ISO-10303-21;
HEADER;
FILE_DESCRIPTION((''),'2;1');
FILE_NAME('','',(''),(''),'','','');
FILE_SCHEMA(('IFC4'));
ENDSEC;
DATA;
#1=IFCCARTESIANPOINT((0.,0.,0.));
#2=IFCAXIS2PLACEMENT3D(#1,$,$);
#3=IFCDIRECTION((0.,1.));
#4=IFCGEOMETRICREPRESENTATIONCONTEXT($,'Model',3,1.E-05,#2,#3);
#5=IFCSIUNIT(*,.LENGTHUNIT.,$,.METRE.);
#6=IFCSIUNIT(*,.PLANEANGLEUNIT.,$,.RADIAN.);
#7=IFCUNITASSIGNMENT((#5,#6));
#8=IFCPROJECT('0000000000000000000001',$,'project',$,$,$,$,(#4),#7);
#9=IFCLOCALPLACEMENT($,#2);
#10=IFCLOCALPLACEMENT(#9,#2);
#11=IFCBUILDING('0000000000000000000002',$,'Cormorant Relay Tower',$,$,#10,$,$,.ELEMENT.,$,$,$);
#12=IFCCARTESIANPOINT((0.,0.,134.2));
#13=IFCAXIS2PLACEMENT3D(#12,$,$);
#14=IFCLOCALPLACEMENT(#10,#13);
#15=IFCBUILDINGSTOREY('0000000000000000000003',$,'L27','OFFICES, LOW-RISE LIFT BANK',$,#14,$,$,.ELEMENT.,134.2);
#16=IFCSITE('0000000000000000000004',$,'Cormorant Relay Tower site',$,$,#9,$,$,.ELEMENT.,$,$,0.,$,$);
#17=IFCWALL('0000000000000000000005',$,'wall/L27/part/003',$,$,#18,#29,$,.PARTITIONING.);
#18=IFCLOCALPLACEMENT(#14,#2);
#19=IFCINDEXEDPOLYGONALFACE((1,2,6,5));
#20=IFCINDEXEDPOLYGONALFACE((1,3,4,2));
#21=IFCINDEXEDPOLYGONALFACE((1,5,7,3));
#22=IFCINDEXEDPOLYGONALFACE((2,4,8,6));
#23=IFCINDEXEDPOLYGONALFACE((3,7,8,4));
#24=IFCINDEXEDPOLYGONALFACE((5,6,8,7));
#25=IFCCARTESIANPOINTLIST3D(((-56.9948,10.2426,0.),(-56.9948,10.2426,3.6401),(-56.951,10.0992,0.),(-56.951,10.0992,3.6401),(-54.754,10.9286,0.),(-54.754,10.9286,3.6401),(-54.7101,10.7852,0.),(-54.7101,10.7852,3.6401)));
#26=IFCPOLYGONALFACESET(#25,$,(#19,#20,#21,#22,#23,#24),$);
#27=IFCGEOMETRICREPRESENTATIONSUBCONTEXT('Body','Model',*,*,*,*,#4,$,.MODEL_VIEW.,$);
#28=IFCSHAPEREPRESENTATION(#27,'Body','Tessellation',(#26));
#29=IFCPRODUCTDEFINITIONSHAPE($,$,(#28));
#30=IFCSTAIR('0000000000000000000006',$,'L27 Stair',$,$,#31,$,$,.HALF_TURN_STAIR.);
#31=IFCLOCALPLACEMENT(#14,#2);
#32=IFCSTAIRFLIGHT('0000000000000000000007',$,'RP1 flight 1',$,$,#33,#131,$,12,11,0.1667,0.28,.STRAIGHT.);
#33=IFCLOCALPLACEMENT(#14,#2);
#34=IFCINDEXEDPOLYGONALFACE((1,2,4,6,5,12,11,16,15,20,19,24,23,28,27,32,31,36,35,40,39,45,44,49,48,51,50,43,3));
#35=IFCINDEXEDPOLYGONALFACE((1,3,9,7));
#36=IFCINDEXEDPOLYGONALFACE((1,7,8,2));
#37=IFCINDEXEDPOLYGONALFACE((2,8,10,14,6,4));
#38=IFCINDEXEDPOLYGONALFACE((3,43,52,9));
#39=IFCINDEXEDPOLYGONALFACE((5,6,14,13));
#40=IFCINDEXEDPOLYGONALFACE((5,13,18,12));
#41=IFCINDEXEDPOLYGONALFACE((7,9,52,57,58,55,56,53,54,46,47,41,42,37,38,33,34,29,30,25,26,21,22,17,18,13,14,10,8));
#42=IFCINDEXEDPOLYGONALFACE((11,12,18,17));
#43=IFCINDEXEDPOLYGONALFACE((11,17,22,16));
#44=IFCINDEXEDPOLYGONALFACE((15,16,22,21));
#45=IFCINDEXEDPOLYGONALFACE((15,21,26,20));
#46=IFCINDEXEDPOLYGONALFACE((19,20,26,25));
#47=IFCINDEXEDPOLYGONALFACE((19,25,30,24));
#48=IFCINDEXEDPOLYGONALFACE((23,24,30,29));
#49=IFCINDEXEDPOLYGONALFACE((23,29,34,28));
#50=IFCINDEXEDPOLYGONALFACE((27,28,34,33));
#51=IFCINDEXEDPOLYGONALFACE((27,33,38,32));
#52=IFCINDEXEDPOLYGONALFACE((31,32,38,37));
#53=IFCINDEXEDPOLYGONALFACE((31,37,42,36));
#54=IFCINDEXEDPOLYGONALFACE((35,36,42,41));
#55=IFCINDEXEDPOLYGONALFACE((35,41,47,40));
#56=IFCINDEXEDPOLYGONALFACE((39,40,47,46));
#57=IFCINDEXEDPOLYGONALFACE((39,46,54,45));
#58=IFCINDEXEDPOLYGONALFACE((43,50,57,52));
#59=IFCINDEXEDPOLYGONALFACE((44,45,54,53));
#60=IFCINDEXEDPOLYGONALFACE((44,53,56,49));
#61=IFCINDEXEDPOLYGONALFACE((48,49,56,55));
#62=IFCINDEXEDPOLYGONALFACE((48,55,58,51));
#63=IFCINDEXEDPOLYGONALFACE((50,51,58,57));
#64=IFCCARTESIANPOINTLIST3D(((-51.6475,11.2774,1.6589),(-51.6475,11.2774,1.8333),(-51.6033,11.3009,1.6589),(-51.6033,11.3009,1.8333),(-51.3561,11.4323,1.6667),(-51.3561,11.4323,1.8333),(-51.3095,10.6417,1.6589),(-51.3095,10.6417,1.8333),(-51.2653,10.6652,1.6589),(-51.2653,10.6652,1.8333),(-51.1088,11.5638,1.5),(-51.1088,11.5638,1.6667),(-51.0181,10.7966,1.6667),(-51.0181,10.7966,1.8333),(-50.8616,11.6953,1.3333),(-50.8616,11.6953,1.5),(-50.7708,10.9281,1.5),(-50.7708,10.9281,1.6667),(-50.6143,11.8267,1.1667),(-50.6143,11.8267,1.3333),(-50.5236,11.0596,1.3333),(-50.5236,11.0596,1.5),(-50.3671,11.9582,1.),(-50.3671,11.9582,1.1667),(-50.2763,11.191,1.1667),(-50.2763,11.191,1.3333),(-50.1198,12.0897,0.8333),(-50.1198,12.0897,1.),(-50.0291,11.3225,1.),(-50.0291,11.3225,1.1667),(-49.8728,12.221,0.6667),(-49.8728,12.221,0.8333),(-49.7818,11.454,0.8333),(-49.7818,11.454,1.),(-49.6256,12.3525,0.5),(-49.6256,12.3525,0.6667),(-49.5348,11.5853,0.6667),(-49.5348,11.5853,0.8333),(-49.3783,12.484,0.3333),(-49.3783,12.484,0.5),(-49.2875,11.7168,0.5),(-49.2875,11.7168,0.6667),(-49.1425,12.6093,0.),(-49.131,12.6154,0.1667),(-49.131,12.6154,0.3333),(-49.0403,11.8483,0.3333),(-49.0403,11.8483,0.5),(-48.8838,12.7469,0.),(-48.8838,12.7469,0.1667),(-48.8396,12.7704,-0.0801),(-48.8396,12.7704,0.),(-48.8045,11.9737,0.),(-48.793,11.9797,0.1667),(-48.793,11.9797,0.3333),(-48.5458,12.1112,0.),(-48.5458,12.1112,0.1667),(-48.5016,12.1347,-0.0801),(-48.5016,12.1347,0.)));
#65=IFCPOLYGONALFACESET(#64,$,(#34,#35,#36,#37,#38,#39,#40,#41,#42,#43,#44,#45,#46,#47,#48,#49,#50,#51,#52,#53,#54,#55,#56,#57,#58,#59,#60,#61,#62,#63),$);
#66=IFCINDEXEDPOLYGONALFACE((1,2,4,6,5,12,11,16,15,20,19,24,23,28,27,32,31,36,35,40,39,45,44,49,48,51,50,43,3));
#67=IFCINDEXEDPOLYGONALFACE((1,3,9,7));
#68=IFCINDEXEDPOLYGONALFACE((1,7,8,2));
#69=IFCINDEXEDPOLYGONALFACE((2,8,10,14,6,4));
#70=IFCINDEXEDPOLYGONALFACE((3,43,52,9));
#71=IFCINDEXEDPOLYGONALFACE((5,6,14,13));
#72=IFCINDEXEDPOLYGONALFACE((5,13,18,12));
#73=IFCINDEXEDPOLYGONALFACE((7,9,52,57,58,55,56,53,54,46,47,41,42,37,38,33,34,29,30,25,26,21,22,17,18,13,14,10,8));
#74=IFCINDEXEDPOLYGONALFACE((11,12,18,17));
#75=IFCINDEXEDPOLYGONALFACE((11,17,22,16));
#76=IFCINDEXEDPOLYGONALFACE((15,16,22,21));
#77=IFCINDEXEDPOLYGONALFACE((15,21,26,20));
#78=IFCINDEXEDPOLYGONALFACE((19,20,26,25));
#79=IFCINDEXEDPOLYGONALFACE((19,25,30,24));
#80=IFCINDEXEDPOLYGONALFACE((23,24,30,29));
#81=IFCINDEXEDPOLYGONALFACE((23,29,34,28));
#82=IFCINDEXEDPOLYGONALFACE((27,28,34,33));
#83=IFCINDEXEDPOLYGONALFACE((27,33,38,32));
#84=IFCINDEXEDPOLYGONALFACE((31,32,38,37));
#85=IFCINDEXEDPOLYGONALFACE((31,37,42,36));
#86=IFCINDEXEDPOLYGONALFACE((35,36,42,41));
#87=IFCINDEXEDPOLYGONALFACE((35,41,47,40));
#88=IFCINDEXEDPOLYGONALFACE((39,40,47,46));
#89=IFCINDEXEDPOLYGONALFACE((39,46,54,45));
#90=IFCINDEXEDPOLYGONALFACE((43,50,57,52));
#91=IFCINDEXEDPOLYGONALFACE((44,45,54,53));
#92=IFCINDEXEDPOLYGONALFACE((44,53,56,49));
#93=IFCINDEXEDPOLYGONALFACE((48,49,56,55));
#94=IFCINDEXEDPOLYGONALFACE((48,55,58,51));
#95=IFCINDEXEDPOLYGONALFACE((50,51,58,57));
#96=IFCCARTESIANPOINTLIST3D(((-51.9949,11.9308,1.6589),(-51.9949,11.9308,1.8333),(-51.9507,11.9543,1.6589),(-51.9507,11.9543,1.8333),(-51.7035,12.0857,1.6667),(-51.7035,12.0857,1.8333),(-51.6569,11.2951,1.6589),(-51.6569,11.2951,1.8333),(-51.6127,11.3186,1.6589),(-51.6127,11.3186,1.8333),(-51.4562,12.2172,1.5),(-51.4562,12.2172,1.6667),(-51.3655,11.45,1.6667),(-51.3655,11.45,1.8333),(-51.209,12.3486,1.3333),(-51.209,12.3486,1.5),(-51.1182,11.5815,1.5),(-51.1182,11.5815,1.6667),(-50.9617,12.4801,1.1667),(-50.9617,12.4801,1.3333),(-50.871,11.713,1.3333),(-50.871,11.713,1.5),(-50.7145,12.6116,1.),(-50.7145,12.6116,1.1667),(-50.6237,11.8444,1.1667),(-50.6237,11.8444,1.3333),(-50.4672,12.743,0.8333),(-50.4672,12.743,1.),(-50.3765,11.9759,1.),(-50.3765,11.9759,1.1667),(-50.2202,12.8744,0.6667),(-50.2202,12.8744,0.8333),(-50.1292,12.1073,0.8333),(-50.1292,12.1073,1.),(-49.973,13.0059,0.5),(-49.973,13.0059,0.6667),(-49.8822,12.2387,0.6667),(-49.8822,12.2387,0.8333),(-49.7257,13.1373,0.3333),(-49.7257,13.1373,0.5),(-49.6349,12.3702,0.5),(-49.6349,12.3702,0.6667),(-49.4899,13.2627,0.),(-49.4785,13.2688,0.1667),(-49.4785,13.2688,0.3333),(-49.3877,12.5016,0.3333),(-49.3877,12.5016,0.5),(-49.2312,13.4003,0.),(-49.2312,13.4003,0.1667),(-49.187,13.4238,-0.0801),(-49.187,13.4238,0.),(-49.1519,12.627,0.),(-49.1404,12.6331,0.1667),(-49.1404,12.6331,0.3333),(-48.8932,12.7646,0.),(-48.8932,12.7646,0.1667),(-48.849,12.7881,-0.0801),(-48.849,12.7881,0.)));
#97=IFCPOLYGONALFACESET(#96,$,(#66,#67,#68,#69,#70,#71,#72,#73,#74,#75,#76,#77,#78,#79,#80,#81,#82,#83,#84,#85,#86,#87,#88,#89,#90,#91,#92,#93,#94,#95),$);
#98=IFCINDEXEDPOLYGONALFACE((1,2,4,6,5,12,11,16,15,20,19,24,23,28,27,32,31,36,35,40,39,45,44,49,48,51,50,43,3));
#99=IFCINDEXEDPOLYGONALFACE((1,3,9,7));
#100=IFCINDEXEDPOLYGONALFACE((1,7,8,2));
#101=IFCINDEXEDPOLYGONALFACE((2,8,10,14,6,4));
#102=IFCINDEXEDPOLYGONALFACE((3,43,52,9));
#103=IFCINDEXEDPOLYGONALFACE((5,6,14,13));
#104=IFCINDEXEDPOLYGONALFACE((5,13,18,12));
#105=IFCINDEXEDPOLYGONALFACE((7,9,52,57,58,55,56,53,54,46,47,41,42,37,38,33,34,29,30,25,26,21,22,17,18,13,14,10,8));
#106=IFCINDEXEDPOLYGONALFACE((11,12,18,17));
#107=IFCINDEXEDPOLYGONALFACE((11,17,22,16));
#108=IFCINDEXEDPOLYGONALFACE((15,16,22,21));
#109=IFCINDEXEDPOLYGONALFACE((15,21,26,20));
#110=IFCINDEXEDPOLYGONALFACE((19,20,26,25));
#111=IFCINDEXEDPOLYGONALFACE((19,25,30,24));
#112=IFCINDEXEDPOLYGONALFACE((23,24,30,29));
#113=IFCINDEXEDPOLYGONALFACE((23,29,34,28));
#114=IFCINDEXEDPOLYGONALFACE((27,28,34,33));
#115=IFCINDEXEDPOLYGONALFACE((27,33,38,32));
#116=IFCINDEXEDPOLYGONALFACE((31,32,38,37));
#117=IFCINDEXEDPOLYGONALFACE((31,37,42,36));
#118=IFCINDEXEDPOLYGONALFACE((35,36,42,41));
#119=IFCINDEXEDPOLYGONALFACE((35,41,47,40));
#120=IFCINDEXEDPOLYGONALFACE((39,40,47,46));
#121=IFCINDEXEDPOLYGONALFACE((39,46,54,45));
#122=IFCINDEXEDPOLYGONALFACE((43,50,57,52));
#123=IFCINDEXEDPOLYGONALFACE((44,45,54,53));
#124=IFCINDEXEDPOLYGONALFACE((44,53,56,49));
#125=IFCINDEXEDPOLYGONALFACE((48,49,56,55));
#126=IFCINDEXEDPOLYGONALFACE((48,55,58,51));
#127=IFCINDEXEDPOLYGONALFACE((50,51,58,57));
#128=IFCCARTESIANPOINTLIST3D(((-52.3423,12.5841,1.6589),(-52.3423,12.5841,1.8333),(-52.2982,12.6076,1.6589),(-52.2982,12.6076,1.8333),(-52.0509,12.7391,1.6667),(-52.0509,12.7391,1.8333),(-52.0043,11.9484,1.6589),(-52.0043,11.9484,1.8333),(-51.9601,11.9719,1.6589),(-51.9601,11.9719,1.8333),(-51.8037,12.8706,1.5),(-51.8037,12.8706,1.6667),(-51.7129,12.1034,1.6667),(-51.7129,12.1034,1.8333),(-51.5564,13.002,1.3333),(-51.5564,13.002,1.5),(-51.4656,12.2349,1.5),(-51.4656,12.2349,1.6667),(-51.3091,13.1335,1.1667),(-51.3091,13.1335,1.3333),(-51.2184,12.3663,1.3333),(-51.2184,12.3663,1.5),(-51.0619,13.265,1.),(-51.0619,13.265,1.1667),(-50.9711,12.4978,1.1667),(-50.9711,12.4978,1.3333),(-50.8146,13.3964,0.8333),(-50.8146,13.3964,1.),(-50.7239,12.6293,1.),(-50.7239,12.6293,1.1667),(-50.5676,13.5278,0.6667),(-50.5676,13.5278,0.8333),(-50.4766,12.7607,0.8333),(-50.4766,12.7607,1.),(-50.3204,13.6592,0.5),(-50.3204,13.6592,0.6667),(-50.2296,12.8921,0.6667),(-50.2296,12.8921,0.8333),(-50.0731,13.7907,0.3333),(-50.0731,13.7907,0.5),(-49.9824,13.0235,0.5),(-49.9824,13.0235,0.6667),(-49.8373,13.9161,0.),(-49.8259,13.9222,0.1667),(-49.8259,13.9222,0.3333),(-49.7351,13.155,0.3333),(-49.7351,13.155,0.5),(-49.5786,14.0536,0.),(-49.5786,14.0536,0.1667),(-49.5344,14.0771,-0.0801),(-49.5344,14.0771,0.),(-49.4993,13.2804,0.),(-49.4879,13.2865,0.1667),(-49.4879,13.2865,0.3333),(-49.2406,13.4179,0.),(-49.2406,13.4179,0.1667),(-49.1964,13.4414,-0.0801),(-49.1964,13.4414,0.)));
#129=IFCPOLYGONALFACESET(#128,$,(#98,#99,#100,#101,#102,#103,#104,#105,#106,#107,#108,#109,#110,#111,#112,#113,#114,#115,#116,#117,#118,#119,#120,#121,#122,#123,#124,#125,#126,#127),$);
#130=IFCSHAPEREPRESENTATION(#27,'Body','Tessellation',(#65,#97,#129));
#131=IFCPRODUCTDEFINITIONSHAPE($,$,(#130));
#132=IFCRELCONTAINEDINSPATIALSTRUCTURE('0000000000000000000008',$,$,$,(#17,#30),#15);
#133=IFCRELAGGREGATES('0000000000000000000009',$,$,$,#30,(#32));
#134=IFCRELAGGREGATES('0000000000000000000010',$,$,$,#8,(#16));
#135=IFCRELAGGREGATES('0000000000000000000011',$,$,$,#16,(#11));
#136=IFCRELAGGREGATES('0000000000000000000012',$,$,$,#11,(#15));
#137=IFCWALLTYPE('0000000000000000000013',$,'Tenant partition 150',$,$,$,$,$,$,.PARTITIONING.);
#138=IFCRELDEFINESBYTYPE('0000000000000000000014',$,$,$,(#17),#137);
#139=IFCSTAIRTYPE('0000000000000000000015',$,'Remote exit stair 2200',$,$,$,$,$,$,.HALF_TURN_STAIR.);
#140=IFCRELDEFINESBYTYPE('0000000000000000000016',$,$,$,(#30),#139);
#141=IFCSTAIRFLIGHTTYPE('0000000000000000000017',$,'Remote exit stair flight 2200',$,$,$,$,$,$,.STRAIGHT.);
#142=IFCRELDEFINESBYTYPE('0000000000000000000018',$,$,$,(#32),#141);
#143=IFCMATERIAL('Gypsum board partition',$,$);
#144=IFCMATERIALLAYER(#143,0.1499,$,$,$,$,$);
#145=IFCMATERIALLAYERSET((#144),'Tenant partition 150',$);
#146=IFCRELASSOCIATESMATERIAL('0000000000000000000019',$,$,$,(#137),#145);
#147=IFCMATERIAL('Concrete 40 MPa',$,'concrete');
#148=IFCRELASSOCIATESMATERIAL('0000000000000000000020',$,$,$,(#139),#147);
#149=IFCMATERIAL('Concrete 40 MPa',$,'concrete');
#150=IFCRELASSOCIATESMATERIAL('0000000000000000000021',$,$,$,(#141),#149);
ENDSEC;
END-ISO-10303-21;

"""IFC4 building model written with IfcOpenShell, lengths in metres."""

from ifc_helpers import new_model, si_unit, direction, frame, frame_2d, origin, place, context, subcontext, project, spatial, polyline, rectangle, outline, extrude, material, layer, layer_set, type_object, element, aggregate, save


model = new_model("IFC4")

# Units and contexts
model_context = context("Model", 3, precision=1e-05, world=origin(), true_north=direction((0.0, 1.0)))
body_context = subcontext(model_context, "Body", "Model", "MODEL_VIEW")
ifc_project = project(units=[si_unit("LENGTHUNIT", "METRE"), si_unit("PLANEANGLEUNIT", "RADIAN")], contexts=[model_context])

# Site, building, storey
site_placement = place(None, origin())
site = spatial("IfcSite", under=ifc_project, at=site_placement, Name="Cormorant Relay Tower site", CompositionType="ELEMENT", RefElevation=0.0)
building_placement = place(site_placement, origin())
building = spatial("IfcBuilding", under=site, at=building_placement, Name="Cormorant Relay Tower", CompositionType="ELEMENT")
storey_placement = place(building_placement, frame((0.0, 0.0, 134.2)))
storey = spatial("IfcBuildingStorey", under=building, at=storey_placement, Name="L27", Description="OFFICES, LOW-RISE LIFT BANK", CompositionType="ELEMENT", Elevation=134.2)

# Wall
ifc_material_1 = material(Name="Gypsum board partition")
ifc_layer_1 = layer(ifc_material_1, 0.1499)
ifc_layer_set_1 = layer_set([ifc_layer_1], Name="Tenant partition 150")
wall_type_1 = type_object("IfcWallType", Name="Tenant partition 150", PredefinedType="PARTITIONING", material=ifc_layer_set_1)
wall_1_placement = place(storey_placement, frame((-54.7319, 10.8569, 0.0), z_axis=(0.0, 0.0, 1.0), x_axis=(-0.956197, -0.292724, 0.0)))
element("IfcWall", 1, at=wall_1_placement, inside=storey, type_object=wall_type_1, Name="wall/L27/part/003", PredefinedType="PARTITIONING", context=body_context, shape_type="SweptSolid", body=[
    extrude(rectangle(XDim=2.3435, YDim=0.1499, at=frame_2d((1.1719, 0.0))), origin(), (0.0, 0.0, 1.0), 3.6401),
])

# Stair, stair flight
ifc_material_2 = material(Name="Concrete 40 MPa", Category="concrete")
stair_type = type_object("IfcStairType", Name="Remote exit stair 2200", PredefinedType="HALF_TURN_STAIR", material=ifc_material_2)
stair_placement = place(storey_placement, origin())
stair = element("IfcStair", 2, at=stair_placement, inside=storey, type_object=stair_type, Name="L27 Stair", PredefinedType="HALF_TURN_STAIR")
ifc_material_3 = material(Name="Concrete 40 MPa", Category="concrete")
stair_flight_type = type_object("IfcStairFlightType", Name="Remote exit stair flight 2200", PredefinedType="STRAIGHT", material=ifc_material_3)
stair_flight_1_placement = place(storey_placement, frame((-49.0623, 13.0825, 0.0), z_axis=(0.0, 0.0, 1.0), x_axis=(-0.882948, -0.469472, 0.0)))
stair_flight_1 = element("IfcStairFlight", 3, at=stair_flight_1_placement, type_object=stair_flight_type, Name="RP1 flight 1", NumberOfRisers=12, NumberOfTreads=11, PredefinedType="STRAIGHT", RiserHeight=0.1667, TreadLength=0.28, context=body_context, shape_type="SweptSolid", body=[
    extrude(outline(polyline([(-0.05, -0.0801), (-0.05, 0.0), (0.0, 0.0), (0.0, 0.1667), (0.28, 0.1667), (0.28, 0.3333), (0.5601, 0.3333), (0.5601, 0.5), (0.8401, 0.5), (0.8401, 0.6667), (1.1201, 0.6667), (1.1201, 0.8333), (1.3999, 0.8333), (1.3999, 1.0), (1.6799, 1.0), (1.6799, 1.1667), (1.96, 1.1667), (1.96, 1.3333), (2.24, 1.3333), (2.24, 1.5), (2.52, 1.5), (2.52, 1.6667), (2.8, 1.6667), (2.8, 1.8333), (3.0801, 1.8333), (3.1301, 1.8333), (3.1301, 1.6589), (3.0801, 1.6589), (0.293, 0.0), (-0.05, -0.0801)])), frame((0.0, 1.1001, 0.0), z_axis=(0.0, -1.0, 0.0), x_axis=(1.0, 0.0, 0.0)), (0.0, 0.0, 1.0), 0.72),
    extrude(outline(polyline([(-0.05, -0.0801), (-0.05, 0.0), (0.0, 0.0), (0.0, 0.1667), (0.28, 0.1667), (0.28, 0.3333), (0.5601, 0.3333), (0.5601, 0.5), (0.8401, 0.5), (0.8401, 0.6667), (1.1201, 0.6667), (1.1201, 0.8333), (1.3999, 0.8333), (1.3999, 1.0), (1.6799, 1.0), (1.6799, 1.1667), (1.96, 1.1667), (1.96, 1.3333), (2.24, 1.3333), (2.24, 1.5), (2.52, 1.5), (2.52, 1.6667), (2.8, 1.6667), (2.8, 1.8333), (3.0801, 1.8333), (3.1301, 1.8333), (3.1301, 1.6589), (3.0801, 1.6589), (0.293, 0.0), (-0.05, -0.0801)])), frame((0.0, 0.3601, 0.0), z_axis=(0.0, -1.0, 0.0), x_axis=(1.0, 0.0, 0.0)), (0.0, 0.0, 1.0), 0.72),
    extrude(outline(polyline([(-0.05, -0.0801), (-0.05, 0.0), (0.0, 0.0), (0.0, 0.1667), (0.28, 0.1667), (0.28, 0.3333), (0.5601, 0.3333), (0.5601, 0.5), (0.8401, 0.5), (0.8401, 0.6667), (1.1201, 0.6667), (1.1201, 0.8333), (1.3999, 0.8333), (1.3999, 1.0), (1.6799, 1.0), (1.6799, 1.1667), (1.96, 1.1667), (1.96, 1.3333), (2.24, 1.3333), (2.24, 1.5), (2.52, 1.5), (2.52, 1.6667), (2.8, 1.6667), (2.8, 1.8333), (3.0801, 1.8333), (3.1301, 1.8333), (3.1301, 1.6589), (3.0801, 1.6589), (0.293, 0.0), (-0.05, -0.0801)])), frame((0.0, -0.3799, 0.0), z_axis=(0.0, -1.0, 0.0), x_axis=(1.0, 0.0, 0.0)), (0.0, 0.0, 1.0), 0.72),
])
aggregate(stair, [stair_flight_1])

save(model, "model.ifc")
